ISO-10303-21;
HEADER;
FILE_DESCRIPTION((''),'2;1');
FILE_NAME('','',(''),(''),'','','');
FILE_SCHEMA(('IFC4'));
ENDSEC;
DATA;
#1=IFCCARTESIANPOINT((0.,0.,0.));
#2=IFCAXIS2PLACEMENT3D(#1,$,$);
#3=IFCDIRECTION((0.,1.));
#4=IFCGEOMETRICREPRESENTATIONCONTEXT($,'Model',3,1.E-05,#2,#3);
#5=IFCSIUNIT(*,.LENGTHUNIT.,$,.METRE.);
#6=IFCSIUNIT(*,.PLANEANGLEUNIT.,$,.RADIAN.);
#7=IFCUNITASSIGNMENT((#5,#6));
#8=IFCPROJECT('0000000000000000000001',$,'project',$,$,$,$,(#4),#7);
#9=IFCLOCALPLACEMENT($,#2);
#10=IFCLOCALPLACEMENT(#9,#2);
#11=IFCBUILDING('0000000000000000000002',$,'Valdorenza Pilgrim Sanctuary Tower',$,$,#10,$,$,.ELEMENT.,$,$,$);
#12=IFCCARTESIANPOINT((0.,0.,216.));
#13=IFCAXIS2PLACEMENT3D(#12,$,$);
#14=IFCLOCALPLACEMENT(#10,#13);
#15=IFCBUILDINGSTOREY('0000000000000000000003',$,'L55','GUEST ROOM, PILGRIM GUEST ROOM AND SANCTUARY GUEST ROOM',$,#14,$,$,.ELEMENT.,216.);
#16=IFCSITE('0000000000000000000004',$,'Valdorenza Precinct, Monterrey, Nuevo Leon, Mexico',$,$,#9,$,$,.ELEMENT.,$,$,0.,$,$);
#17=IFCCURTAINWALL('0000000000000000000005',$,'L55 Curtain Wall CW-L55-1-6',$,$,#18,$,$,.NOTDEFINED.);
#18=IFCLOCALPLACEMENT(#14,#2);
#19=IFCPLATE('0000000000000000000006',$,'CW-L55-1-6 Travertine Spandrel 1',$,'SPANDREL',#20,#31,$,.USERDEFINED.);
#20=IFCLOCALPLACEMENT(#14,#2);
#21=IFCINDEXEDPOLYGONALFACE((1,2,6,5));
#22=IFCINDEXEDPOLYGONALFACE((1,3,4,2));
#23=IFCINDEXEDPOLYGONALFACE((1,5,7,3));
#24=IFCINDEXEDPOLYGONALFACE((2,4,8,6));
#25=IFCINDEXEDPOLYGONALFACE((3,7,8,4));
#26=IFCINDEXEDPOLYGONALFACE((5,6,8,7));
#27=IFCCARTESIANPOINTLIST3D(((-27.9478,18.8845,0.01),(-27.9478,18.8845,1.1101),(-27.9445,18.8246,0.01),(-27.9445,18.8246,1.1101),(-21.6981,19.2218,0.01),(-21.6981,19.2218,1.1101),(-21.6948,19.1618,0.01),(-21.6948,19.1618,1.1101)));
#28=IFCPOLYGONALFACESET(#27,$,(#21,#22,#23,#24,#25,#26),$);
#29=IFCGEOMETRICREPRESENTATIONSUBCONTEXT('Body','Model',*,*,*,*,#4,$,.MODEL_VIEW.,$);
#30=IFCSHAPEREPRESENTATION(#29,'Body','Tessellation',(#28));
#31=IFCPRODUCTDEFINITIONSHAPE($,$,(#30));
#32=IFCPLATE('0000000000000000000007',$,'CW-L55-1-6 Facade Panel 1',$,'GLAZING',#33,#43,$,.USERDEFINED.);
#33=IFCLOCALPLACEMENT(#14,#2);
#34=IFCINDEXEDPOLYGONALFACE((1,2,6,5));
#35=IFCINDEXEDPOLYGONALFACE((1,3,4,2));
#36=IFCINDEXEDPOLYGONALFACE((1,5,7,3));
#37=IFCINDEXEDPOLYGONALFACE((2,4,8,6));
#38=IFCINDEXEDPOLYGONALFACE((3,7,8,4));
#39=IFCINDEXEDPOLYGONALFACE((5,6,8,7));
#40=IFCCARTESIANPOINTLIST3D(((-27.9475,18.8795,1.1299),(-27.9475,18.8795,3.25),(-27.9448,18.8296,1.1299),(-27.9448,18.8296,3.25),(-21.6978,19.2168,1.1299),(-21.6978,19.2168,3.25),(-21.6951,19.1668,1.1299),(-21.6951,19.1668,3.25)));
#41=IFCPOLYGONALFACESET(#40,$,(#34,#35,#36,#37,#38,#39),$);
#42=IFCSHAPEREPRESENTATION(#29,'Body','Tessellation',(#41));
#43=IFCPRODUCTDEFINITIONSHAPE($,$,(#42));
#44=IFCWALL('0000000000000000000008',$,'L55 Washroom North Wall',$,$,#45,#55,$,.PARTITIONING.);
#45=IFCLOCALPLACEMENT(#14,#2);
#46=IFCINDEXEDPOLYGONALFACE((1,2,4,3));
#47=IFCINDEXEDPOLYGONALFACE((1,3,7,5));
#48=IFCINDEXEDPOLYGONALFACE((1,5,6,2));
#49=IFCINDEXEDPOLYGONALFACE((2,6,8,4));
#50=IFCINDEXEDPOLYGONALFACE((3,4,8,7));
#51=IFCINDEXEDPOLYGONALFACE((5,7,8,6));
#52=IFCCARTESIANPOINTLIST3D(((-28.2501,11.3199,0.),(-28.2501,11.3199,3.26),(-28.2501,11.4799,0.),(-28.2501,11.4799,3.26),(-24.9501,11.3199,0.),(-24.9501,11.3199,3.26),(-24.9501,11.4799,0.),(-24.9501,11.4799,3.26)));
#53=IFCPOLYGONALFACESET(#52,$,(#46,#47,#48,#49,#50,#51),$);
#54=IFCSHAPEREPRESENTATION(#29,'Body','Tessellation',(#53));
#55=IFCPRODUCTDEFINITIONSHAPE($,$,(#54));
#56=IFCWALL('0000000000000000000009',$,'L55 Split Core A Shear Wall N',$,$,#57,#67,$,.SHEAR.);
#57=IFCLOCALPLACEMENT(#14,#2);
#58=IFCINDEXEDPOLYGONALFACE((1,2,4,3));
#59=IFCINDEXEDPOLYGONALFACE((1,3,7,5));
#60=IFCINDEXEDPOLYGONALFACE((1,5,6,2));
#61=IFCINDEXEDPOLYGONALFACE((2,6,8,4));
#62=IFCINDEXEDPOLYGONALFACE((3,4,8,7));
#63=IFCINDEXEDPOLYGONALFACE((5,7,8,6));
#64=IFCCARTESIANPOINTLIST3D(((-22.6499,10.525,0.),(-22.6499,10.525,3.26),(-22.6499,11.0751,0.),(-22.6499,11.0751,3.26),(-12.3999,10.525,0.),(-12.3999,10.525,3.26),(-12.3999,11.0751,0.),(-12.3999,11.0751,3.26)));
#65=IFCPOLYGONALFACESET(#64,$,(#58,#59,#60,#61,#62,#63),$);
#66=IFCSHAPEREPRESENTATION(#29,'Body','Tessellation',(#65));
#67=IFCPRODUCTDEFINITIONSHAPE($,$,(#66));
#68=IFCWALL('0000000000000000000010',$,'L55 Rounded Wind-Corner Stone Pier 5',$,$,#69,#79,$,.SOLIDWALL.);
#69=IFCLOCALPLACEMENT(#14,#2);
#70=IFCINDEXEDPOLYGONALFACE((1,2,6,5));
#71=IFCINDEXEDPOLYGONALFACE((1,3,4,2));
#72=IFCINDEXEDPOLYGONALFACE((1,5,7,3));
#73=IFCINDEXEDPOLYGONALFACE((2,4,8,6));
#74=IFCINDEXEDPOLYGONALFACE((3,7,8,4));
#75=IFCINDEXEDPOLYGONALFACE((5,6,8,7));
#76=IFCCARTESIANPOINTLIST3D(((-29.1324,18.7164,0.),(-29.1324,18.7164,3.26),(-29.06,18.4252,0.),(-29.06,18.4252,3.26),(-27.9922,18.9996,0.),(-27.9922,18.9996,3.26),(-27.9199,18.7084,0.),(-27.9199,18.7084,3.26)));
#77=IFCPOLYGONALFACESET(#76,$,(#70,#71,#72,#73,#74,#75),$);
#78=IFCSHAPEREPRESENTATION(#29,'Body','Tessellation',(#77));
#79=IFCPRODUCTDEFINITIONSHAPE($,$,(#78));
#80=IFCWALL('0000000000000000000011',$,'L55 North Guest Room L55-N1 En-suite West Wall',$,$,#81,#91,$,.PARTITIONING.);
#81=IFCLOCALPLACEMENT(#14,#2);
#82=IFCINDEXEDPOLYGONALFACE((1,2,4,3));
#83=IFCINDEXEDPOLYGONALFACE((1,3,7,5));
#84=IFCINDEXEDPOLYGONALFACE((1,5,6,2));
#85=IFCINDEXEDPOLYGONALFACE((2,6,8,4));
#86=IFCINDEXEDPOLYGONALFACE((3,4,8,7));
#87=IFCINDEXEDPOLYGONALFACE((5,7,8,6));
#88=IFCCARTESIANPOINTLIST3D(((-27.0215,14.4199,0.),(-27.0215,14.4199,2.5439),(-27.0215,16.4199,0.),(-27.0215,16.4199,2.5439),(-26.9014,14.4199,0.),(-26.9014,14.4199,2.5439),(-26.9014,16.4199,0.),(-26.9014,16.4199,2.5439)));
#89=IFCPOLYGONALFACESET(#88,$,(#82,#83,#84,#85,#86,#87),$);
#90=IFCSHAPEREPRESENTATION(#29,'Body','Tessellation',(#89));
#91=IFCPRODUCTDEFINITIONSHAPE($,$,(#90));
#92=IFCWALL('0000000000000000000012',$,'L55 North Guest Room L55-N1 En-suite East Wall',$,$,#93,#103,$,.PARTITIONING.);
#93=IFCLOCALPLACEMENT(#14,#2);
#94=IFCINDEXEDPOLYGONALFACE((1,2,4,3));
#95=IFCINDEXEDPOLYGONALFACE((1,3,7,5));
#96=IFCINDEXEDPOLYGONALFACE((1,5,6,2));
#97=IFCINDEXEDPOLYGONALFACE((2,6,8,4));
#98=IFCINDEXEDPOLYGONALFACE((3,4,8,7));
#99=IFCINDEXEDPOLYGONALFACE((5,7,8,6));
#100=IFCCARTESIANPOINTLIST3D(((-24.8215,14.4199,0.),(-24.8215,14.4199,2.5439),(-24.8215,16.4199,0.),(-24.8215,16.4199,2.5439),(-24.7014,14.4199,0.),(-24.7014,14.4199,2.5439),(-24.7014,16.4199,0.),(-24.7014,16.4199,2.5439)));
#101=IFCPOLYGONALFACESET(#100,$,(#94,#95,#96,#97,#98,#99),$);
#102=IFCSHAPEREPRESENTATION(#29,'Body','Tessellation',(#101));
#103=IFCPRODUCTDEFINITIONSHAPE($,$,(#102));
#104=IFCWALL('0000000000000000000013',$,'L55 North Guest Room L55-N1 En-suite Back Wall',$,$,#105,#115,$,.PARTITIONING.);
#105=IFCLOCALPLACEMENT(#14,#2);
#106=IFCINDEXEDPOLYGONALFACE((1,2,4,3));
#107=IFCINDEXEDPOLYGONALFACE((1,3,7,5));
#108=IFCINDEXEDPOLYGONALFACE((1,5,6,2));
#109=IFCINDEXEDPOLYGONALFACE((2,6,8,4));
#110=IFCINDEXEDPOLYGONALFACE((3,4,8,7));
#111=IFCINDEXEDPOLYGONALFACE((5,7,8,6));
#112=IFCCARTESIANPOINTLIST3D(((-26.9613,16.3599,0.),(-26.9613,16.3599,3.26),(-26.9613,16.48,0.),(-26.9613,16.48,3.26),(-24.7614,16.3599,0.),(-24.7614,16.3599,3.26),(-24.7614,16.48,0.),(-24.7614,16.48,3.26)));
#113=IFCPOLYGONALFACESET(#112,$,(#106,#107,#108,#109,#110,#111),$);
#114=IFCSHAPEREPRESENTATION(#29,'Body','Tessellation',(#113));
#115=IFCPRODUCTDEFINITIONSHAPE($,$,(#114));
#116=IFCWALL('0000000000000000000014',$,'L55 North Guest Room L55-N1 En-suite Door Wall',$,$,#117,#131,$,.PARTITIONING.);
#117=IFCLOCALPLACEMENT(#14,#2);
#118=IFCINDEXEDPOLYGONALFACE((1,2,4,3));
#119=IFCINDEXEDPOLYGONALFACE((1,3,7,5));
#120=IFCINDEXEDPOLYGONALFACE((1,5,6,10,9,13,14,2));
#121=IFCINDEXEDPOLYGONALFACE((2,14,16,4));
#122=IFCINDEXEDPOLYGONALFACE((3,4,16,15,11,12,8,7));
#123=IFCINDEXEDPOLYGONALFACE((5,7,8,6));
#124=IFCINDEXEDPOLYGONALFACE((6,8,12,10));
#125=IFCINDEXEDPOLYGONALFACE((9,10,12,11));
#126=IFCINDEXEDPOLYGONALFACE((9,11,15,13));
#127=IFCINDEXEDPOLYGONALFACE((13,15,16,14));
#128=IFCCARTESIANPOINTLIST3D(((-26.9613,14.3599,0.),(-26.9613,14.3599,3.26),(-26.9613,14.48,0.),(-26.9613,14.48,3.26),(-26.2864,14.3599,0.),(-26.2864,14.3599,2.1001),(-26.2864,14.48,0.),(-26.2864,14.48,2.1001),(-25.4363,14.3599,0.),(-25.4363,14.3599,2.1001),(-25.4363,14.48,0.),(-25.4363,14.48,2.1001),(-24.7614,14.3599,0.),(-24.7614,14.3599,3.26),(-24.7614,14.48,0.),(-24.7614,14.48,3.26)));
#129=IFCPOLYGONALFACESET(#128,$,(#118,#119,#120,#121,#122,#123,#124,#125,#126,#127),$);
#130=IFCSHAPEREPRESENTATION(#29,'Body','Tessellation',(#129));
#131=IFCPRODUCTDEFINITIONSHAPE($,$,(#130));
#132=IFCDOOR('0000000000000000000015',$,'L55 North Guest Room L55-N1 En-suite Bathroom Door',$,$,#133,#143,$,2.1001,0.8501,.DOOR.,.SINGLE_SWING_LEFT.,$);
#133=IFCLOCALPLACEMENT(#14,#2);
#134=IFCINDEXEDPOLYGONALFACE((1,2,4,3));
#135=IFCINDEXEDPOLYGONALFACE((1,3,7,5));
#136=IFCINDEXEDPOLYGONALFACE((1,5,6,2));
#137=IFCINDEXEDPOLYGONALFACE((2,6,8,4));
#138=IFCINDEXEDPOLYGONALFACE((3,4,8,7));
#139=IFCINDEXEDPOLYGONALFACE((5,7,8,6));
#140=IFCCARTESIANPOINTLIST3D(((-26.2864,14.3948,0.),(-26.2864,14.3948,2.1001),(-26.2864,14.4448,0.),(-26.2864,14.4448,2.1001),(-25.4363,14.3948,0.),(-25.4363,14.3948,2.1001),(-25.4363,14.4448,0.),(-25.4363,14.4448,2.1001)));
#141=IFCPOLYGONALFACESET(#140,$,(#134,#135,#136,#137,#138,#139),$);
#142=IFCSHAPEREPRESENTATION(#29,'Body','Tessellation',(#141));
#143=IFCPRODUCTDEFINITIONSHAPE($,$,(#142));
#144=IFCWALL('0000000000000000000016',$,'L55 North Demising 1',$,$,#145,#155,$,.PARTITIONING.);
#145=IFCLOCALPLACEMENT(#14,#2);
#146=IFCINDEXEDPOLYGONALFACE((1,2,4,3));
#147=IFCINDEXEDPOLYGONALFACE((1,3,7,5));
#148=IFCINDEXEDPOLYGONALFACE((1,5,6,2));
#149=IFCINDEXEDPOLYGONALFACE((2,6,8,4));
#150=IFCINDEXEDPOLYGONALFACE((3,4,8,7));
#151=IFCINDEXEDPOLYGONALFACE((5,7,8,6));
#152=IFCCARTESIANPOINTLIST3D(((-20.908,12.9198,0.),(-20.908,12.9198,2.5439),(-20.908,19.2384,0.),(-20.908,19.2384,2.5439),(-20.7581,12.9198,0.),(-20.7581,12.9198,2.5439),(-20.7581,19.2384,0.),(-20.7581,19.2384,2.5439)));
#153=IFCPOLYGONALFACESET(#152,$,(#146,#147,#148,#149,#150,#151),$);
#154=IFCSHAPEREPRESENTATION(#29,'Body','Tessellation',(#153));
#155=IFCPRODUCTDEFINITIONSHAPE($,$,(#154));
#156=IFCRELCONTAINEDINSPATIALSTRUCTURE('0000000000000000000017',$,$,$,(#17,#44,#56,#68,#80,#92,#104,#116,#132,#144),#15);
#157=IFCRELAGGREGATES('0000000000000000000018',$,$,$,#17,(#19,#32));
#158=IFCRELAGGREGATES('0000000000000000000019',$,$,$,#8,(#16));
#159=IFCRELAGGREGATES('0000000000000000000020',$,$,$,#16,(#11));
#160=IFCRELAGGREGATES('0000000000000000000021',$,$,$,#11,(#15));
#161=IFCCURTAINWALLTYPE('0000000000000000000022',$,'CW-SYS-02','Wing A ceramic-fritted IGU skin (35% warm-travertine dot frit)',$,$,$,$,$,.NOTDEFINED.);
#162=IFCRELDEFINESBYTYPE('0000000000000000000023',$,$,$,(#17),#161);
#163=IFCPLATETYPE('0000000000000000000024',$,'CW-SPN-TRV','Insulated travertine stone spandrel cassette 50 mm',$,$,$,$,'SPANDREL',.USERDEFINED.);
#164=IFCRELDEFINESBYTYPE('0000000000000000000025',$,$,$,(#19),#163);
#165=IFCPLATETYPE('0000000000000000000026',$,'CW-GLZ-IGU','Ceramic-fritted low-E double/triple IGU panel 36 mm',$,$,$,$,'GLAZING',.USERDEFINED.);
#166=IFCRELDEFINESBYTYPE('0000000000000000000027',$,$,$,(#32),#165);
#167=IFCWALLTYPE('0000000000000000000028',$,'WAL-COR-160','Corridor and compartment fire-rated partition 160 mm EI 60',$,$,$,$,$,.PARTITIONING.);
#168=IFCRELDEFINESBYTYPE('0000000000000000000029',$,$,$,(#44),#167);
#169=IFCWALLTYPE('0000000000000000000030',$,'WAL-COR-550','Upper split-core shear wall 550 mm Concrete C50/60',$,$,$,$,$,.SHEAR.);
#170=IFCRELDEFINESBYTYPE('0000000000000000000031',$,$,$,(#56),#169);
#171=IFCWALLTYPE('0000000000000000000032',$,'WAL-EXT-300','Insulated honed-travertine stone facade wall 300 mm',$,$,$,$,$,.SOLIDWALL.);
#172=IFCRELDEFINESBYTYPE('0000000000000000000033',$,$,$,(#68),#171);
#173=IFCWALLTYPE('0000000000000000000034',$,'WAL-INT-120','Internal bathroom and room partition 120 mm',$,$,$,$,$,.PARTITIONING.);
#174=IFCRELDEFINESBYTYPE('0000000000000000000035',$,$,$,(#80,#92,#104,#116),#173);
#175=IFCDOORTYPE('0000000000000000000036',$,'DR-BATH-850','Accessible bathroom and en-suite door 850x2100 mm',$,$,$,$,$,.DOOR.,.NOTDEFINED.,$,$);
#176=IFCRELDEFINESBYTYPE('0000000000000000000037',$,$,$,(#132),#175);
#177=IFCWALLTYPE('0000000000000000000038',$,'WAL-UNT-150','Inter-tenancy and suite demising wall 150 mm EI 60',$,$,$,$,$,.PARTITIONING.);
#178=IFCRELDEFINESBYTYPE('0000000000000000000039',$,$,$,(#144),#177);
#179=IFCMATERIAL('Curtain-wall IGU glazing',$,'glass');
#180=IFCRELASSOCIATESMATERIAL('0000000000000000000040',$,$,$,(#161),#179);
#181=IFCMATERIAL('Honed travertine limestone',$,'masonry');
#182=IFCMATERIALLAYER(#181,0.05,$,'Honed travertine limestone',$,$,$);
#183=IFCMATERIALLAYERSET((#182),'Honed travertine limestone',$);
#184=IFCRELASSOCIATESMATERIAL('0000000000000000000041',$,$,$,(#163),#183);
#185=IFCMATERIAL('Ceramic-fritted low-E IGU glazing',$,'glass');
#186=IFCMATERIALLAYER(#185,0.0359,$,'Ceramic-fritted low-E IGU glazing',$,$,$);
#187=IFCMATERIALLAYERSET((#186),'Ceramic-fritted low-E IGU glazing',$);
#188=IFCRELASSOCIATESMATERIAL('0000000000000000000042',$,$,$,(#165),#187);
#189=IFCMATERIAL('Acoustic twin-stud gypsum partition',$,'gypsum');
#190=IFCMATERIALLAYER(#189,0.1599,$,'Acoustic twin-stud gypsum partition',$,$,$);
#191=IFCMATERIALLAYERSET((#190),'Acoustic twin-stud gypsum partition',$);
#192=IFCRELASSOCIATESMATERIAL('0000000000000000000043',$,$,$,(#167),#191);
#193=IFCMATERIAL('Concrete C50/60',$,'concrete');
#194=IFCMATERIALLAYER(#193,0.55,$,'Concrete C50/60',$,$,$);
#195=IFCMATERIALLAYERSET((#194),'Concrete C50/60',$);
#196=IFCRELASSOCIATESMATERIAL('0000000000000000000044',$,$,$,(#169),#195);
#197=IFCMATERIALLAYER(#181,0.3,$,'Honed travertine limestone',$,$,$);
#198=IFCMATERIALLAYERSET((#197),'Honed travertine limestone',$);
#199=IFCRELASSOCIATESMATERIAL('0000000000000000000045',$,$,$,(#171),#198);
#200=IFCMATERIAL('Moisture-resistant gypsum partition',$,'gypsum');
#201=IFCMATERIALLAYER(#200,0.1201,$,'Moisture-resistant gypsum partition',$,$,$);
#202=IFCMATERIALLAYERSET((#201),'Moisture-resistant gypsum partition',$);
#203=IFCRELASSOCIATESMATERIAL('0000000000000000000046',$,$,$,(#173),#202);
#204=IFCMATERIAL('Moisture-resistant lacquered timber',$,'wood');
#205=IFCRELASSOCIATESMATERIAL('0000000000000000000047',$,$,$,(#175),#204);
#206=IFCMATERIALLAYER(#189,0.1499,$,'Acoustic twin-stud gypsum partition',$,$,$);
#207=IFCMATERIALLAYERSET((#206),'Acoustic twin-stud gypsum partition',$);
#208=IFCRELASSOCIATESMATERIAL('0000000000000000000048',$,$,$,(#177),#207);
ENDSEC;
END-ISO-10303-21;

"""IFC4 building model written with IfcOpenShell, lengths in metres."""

from ifc_helpers import new_model, si_unit, direction, frame, frame_2d, origin, origin_2d, place, context, subcontext, project, spatial, rectangle, extrude, source, transform, mapped, material, layer, layer_set, type_object, element, fill, aggregate, save


model = new_model("IFC4")

# Units and contexts
model_context = context("Model", 3, precision=1e-05, world=origin(), true_north=direction((0.0, 1.0)))
body_context = subcontext(model_context, "Body", "Model", "MODEL_VIEW")
ifc_project = project(units=[si_unit("LENGTHUNIT", "METRE"), si_unit("PLANEANGLEUNIT", "RADIAN")], contexts=[model_context])

# Site, building, storey
site_placement = place(None, origin())
site = spatial("IfcSite", under=ifc_project, at=site_placement, Name="Valdorenza Precinct, Monterrey, Nuevo Leon, Mexico", CompositionType="ELEMENT", RefElevation=0.0)
building_placement = place(site_placement, origin())
building = spatial("IfcBuilding", under=site, at=building_placement, Name="Valdorenza Pilgrim Sanctuary Tower", CompositionType="ELEMENT")
storey_placement = place(building_placement, frame((0.0, 0.0, 216.0)))
storey = spatial("IfcBuildingStorey", under=building, at=storey_placement, Name="L55", Description="GUEST ROOM, PILGRIM GUEST ROOM AND SANCTUARY GUEST ROOM", CompositionType="ELEMENT", Elevation=216.0)

# Shared definitions
ifc_material_1 = material(Name="Concrete C50/60", Category="concrete")

# Curtain wall, plates
ifc_material_2 = material(Name="Curtain-wall IGU glazing", Category="glass")
curtain_wall_type = type_object("IfcCurtainWallType", Name="CW-SYS-02", Description="Wing A ceramic-fritted IGU skin (35% warm-travertine dot frit)", PredefinedType="NOTDEFINED", material=ifc_material_2)
curtain_wall_placement = place(storey_placement, origin())
curtain_wall = element("IfcCurtainWall", 1, at=curtain_wall_placement, inside=storey, type_object=curtain_wall_type, Name="L55 Curtain Wall CW-L55-1-6", PredefinedType="NOTDEFINED")
ifc_material_3 = material(Name="Honed travertine limestone", Category="masonry")
ifc_layer_1 = layer(ifc_material_3, 0.05, Name="Honed travertine limestone")
ifc_layer_set_1 = layer_set([ifc_layer_1], Name="Honed travertine limestone")
plate_type_1 = type_object("IfcPlateType", Name="CW-SPN-TRV", Description="Insulated travertine stone spandrel cassette 50 mm", ElementType="SPANDREL", PredefinedType="USERDEFINED", material=ifc_layer_set_1)
shared_shape_1 = source(origin(), body_context, "Body", "SweptSolid", [
    extrude(rectangle(XDim=6.2588, YDim=0.0601, at=origin_2d()), origin(), (0.0, 0.0, 1.0), 1.1001),
])
plate_1_placement = place(storey_placement, frame((-24.8213, 19.0232, 0.01), z_axis=(0.0, 0.0, 1.0), x_axis=(0.998547, 0.053887, 0.0)))
plate_1 = element("IfcPlate", 2, at=plate_1_placement, type_object=plate_type_1, Name="CW-L55-1-6 Travertine Spandrel 1", ObjectType="SPANDREL", PredefinedType="USERDEFINED", context=body_context, shape_type="MappedRepresentation", body=[
    mapped(shared_shape_1, transform((0.0, 0.0, 0.0), x_axis=(1.0, 0.0, 0.0), y_axis=(0.0, 1.0, 0.0), z_axis=(0.0, 0.0, 1.0), scale=1.0)),
])
ifc_material_4 = material(Name="Ceramic-fritted low-E IGU glazing", Category="glass")
ifc_layer_2 = layer(ifc_material_4, 0.0359, Name="Ceramic-fritted low-E IGU glazing")
ifc_layer_set_2 = layer_set([ifc_layer_2], Name="Ceramic-fritted low-E IGU glazing")
plate_type_2 = type_object("IfcPlateType", Name="CW-GLZ-IGU", Description="Ceramic-fritted low-E double/triple IGU panel 36 mm", ElementType="GLAZING", PredefinedType="USERDEFINED", material=ifc_layer_set_2)
shared_shape_2 = source(origin(), body_context, "Body", "SweptSolid", [
    extrude(rectangle(XDim=6.2588, YDim=0.05, at=origin_2d()), origin(), (0.0, 0.0, 1.0), 2.1201),
])
plate_2_placement = place(storey_placement, frame((-24.8213, 19.0232, 1.1299), z_axis=(0.0, 0.0, 1.0), x_axis=(0.998547, 0.053887, 0.0)))
plate_2 = element("IfcPlate", 3, at=plate_2_placement, type_object=plate_type_2, Name="CW-L55-1-6 Facade Panel 1", ObjectType="GLAZING", PredefinedType="USERDEFINED", context=body_context, shape_type="MappedRepresentation", body=[
    mapped(shared_shape_2, transform((0.0, 0.0, 0.0), x_axis=(1.0, 0.0, 0.0), y_axis=(0.0, 1.0, 0.0), z_axis=(0.0, 0.0, 1.0), scale=1.0)),
])
aggregate(curtain_wall, [plate_1, plate_2])

# Walls
ifc_material_5 = material(Name="Acoustic twin-stud gypsum partition", Category="gypsum")
ifc_layer_3 = layer(ifc_material_5, 0.1599, Name="Acoustic twin-stud gypsum partition")
ifc_layer_set_3 = layer_set([ifc_layer_3], Name="Acoustic twin-stud gypsum partition")
wall_type_1 = type_object("IfcWallType", Name="WAL-COR-160", Description="Corridor and compartment fire-rated partition 160 mm EI 60", PredefinedType="PARTITIONING", material=ifc_layer_set_3)
wall_1_placement = place(storey_placement, frame((-28.25, 11.3999, 0.0), z_axis=(0.0, 0.0, 1.0), x_axis=(1.0, 0.0, 0.0)))
element("IfcWall", 4, at=wall_1_placement, inside=storey, type_object=wall_type_1, Name="L55 Washroom North Wall", PredefinedType="PARTITIONING", context=body_context, shape_type="SweptSolid", body=[
    extrude(rectangle(XDim=3.3, YDim=0.1599, at=frame_2d((1.6499, 0.0))), origin(), (0.0, 0.0, 1.0), 3.26),
])
ifc_layer_4 = layer(ifc_material_1, 0.55, Name="Concrete C50/60")
ifc_layer_set_4 = layer_set([ifc_layer_4], Name="Concrete C50/60")
wall_type_2 = type_object("IfcWallType", Name="WAL-COR-550", Description="Upper split-core shear wall 550 mm Concrete C50/60", PredefinedType="SHEAR", material=ifc_layer_set_4)
wall_2_placement = place(storey_placement, frame((-22.6499, 10.8, 0.0), z_axis=(0.0, 0.0, 1.0), x_axis=(1.0, 0.0, 0.0)))
element("IfcWall", 5, at=wall_2_placement, inside=storey, type_object=wall_type_2, Name="L55 Split Core A Shear Wall N", PredefinedType="SHEAR", context=body_context, shape_type="SweptSolid", body=[
    extrude(rectangle(XDim=10.25, YDim=0.55, at=frame_2d((5.125, 0.0))), origin(), (0.0, 0.0, 1.0), 3.26),
])
ifc_layer_5 = layer(ifc_material_3, 0.3, Name="Honed travertine limestone")
ifc_layer_set_5 = layer_set([ifc_layer_5], Name="Honed travertine limestone")
wall_type_3 = type_object("IfcWallType", Name="WAL-EXT-300", Description="Insulated honed-travertine stone facade wall 300 mm", PredefinedType="SOLIDWALL", material=ifc_layer_set_5)
wall_3_placement = place(storey_placement, frame((-29.0962, 18.5708, 0.0), z_axis=(0.0, 0.0, 1.0), x_axis=(0.970508, 0.241068, 0.0)))
element("IfcWall", 6, at=wall_3_placement, inside=storey, type_object=wall_type_3, Name="L55 Rounded Wind-Corner Stone Pier 5", PredefinedType="SOLIDWALL", context=body_context, shape_type="SweptSolid", body=[
    extrude(rectangle(XDim=1.1748, YDim=0.3, at=frame_2d((0.5874, 0.0))), origin(), (0.0, 0.0, 1.0), 3.26),
])
ifc_material_6 = material(Name="Moisture-resistant gypsum partition", Category="gypsum")
ifc_layer_6 = layer(ifc_material_6, 0.1201, Name="Moisture-resistant gypsum partition")
ifc_layer_set_6 = layer_set([ifc_layer_6], Name="Moisture-resistant gypsum partition")
wall_type_4 = type_object("IfcWallType", Name="WAL-INT-120", Description="Internal bathroom and room partition 120 mm", PredefinedType="PARTITIONING", material=ifc_layer_set_6)
for number, where, z_axis, x_axis, name in (
    (7, (-26.9614, 14.4199, 0.0), (0.0, 0.0, 1.0), (0.0, 1.0, 0.0), "L55 North Guest Room L55-N1 En-suite West Wall"),
    (8, (-24.7615, 14.4199, 0.0), (0.0, 0.0, 1.0), (0.0, 1.0, 0.0), "L55 North Guest Room L55-N1 En-suite East Wall"),
):
    element("IfcWall", number, at=place(storey_placement, frame(where, z_axis=z_axis, x_axis=x_axis)), inside=storey, type_object=wall_type_4, Name=name, PredefinedType="PARTITIONING", context=body_context, shape_type="SweptSolid", body=[
        extrude(rectangle(XDim=2.0, YDim=0.1201, at=frame_2d((1.0, 0.0))), origin(), (0.0, 0.0, 1.0), 2.5439),
    ])
wall_4_placement = place(storey_placement, frame((-26.9614, 16.4199, 0.0), z_axis=(0.0, 0.0, 1.0), x_axis=(1.0, 0.0, 0.0)))
element("IfcWall", 9, at=wall_4_placement, inside=storey, type_object=wall_type_4, Name="L55 North Guest Room L55-N1 En-suite Back Wall", PredefinedType="PARTITIONING", context=body_context, shape_type="SweptSolid", body=[
    extrude(rectangle(XDim=2.2, YDim=0.1201, at=frame_2d((1.1001, 0.0))), origin(), (0.0, 0.0, 1.0), 3.26),
])

# Wall, opening, door
wall_5_placement = place(storey_placement, frame((-26.9614, 14.4199, 0.0), z_axis=(0.0, 0.0, 1.0), x_axis=(1.0, 0.0, 0.0)))
wall_5 = element("IfcWall", 10, at=wall_5_placement, inside=storey, type_object=wall_type_4, Name="L55 North Guest Room L55-N1 En-suite Door Wall", PredefinedType="PARTITIONING", context=body_context, shape_type="SweptSolid", body=[
    extrude(rectangle(XDim=2.2, YDim=0.1201, at=frame_2d((1.1001, 0.0))), origin(), (0.0, 0.0, 1.0), 3.26),
])
opening_placement = place(wall_5_placement, frame((0.675, 0.0, 0.0)))
opening = element("IfcOpeningElement", 11, at=opening_placement, cuts=wall_5, PredefinedType="OPENING", context=body_context, shape_type="SweptSolid", body=[
    extrude(rectangle(XDim=0.8501, YDim=2.1001, at=frame_2d((0.425, 1.05))), frame((0.0, 0.075, 0.0), z_axis=(0.0, -1.0, 0.0), x_axis=(1.0, 0.0, 0.0)), (0.0, 0.0, 1.0), 0.1499),
])
ifc_material_7 = material(Name="Moisture-resistant lacquered timber", Category="wood")
door_type = type_object("IfcDoorType", Name="DR-BATH-850", Description="Accessible bathroom and en-suite door 850x2100 mm", OperationType="NOTDEFINED", PredefinedType="DOOR", material=ifc_material_7)
door_placement = place(opening_placement, origin())
door = element("IfcDoor", 12, at=door_placement, inside=storey, type_object=door_type, Name="L55 North Guest Room L55-N1 En-suite Bathroom Door", OperationType="SINGLE_SWING_LEFT", OverallHeight=2.1001, OverallWidth=0.8501, PredefinedType="DOOR", context=body_context, shape_type="SweptSolid", body=[
    extrude(rectangle(XDim=0.8501, YDim=2.1001, at=frame_2d((0.425, 1.05))), frame((0.0, 0.0249, 0.0), z_axis=(0.0, -1.0, 0.0), x_axis=(1.0, 0.0, 0.0)), (0.0, 0.0, 1.0), 0.05),
])
fill(opening, door)

# Wall
ifc_layer_7 = layer(ifc_material_5, 0.1499, Name="Acoustic twin-stud gypsum partition")
ifc_layer_set_7 = layer_set([ifc_layer_7], Name="Acoustic twin-stud gypsum partition")
wall_type_5 = type_object("IfcWallType", Name="WAL-UNT-150", Description="Inter-tenancy and suite demising wall 150 mm EI 60", PredefinedType="PARTITIONING", material=ifc_layer_set_7)
wall_6_placement = place(storey_placement, frame((-20.833, 12.9199, 0.0), z_axis=(0.0, 0.0, 1.0), x_axis=(0.0, 1.0, 0.0)))
element("IfcWall", 13, at=wall_6_placement, inside=storey, type_object=wall_type_5, Name="L55 North Demising 1", PredefinedType="PARTITIONING", context=body_context, shape_type="SweptSolid", body=[
    extrude(rectangle(XDim=6.3186, YDim=0.1499, at=frame_2d((3.1592, 0.0))), origin(), (0.0, 0.0, 1.0), 2.5439),
])

save(model, "model.ifc")
